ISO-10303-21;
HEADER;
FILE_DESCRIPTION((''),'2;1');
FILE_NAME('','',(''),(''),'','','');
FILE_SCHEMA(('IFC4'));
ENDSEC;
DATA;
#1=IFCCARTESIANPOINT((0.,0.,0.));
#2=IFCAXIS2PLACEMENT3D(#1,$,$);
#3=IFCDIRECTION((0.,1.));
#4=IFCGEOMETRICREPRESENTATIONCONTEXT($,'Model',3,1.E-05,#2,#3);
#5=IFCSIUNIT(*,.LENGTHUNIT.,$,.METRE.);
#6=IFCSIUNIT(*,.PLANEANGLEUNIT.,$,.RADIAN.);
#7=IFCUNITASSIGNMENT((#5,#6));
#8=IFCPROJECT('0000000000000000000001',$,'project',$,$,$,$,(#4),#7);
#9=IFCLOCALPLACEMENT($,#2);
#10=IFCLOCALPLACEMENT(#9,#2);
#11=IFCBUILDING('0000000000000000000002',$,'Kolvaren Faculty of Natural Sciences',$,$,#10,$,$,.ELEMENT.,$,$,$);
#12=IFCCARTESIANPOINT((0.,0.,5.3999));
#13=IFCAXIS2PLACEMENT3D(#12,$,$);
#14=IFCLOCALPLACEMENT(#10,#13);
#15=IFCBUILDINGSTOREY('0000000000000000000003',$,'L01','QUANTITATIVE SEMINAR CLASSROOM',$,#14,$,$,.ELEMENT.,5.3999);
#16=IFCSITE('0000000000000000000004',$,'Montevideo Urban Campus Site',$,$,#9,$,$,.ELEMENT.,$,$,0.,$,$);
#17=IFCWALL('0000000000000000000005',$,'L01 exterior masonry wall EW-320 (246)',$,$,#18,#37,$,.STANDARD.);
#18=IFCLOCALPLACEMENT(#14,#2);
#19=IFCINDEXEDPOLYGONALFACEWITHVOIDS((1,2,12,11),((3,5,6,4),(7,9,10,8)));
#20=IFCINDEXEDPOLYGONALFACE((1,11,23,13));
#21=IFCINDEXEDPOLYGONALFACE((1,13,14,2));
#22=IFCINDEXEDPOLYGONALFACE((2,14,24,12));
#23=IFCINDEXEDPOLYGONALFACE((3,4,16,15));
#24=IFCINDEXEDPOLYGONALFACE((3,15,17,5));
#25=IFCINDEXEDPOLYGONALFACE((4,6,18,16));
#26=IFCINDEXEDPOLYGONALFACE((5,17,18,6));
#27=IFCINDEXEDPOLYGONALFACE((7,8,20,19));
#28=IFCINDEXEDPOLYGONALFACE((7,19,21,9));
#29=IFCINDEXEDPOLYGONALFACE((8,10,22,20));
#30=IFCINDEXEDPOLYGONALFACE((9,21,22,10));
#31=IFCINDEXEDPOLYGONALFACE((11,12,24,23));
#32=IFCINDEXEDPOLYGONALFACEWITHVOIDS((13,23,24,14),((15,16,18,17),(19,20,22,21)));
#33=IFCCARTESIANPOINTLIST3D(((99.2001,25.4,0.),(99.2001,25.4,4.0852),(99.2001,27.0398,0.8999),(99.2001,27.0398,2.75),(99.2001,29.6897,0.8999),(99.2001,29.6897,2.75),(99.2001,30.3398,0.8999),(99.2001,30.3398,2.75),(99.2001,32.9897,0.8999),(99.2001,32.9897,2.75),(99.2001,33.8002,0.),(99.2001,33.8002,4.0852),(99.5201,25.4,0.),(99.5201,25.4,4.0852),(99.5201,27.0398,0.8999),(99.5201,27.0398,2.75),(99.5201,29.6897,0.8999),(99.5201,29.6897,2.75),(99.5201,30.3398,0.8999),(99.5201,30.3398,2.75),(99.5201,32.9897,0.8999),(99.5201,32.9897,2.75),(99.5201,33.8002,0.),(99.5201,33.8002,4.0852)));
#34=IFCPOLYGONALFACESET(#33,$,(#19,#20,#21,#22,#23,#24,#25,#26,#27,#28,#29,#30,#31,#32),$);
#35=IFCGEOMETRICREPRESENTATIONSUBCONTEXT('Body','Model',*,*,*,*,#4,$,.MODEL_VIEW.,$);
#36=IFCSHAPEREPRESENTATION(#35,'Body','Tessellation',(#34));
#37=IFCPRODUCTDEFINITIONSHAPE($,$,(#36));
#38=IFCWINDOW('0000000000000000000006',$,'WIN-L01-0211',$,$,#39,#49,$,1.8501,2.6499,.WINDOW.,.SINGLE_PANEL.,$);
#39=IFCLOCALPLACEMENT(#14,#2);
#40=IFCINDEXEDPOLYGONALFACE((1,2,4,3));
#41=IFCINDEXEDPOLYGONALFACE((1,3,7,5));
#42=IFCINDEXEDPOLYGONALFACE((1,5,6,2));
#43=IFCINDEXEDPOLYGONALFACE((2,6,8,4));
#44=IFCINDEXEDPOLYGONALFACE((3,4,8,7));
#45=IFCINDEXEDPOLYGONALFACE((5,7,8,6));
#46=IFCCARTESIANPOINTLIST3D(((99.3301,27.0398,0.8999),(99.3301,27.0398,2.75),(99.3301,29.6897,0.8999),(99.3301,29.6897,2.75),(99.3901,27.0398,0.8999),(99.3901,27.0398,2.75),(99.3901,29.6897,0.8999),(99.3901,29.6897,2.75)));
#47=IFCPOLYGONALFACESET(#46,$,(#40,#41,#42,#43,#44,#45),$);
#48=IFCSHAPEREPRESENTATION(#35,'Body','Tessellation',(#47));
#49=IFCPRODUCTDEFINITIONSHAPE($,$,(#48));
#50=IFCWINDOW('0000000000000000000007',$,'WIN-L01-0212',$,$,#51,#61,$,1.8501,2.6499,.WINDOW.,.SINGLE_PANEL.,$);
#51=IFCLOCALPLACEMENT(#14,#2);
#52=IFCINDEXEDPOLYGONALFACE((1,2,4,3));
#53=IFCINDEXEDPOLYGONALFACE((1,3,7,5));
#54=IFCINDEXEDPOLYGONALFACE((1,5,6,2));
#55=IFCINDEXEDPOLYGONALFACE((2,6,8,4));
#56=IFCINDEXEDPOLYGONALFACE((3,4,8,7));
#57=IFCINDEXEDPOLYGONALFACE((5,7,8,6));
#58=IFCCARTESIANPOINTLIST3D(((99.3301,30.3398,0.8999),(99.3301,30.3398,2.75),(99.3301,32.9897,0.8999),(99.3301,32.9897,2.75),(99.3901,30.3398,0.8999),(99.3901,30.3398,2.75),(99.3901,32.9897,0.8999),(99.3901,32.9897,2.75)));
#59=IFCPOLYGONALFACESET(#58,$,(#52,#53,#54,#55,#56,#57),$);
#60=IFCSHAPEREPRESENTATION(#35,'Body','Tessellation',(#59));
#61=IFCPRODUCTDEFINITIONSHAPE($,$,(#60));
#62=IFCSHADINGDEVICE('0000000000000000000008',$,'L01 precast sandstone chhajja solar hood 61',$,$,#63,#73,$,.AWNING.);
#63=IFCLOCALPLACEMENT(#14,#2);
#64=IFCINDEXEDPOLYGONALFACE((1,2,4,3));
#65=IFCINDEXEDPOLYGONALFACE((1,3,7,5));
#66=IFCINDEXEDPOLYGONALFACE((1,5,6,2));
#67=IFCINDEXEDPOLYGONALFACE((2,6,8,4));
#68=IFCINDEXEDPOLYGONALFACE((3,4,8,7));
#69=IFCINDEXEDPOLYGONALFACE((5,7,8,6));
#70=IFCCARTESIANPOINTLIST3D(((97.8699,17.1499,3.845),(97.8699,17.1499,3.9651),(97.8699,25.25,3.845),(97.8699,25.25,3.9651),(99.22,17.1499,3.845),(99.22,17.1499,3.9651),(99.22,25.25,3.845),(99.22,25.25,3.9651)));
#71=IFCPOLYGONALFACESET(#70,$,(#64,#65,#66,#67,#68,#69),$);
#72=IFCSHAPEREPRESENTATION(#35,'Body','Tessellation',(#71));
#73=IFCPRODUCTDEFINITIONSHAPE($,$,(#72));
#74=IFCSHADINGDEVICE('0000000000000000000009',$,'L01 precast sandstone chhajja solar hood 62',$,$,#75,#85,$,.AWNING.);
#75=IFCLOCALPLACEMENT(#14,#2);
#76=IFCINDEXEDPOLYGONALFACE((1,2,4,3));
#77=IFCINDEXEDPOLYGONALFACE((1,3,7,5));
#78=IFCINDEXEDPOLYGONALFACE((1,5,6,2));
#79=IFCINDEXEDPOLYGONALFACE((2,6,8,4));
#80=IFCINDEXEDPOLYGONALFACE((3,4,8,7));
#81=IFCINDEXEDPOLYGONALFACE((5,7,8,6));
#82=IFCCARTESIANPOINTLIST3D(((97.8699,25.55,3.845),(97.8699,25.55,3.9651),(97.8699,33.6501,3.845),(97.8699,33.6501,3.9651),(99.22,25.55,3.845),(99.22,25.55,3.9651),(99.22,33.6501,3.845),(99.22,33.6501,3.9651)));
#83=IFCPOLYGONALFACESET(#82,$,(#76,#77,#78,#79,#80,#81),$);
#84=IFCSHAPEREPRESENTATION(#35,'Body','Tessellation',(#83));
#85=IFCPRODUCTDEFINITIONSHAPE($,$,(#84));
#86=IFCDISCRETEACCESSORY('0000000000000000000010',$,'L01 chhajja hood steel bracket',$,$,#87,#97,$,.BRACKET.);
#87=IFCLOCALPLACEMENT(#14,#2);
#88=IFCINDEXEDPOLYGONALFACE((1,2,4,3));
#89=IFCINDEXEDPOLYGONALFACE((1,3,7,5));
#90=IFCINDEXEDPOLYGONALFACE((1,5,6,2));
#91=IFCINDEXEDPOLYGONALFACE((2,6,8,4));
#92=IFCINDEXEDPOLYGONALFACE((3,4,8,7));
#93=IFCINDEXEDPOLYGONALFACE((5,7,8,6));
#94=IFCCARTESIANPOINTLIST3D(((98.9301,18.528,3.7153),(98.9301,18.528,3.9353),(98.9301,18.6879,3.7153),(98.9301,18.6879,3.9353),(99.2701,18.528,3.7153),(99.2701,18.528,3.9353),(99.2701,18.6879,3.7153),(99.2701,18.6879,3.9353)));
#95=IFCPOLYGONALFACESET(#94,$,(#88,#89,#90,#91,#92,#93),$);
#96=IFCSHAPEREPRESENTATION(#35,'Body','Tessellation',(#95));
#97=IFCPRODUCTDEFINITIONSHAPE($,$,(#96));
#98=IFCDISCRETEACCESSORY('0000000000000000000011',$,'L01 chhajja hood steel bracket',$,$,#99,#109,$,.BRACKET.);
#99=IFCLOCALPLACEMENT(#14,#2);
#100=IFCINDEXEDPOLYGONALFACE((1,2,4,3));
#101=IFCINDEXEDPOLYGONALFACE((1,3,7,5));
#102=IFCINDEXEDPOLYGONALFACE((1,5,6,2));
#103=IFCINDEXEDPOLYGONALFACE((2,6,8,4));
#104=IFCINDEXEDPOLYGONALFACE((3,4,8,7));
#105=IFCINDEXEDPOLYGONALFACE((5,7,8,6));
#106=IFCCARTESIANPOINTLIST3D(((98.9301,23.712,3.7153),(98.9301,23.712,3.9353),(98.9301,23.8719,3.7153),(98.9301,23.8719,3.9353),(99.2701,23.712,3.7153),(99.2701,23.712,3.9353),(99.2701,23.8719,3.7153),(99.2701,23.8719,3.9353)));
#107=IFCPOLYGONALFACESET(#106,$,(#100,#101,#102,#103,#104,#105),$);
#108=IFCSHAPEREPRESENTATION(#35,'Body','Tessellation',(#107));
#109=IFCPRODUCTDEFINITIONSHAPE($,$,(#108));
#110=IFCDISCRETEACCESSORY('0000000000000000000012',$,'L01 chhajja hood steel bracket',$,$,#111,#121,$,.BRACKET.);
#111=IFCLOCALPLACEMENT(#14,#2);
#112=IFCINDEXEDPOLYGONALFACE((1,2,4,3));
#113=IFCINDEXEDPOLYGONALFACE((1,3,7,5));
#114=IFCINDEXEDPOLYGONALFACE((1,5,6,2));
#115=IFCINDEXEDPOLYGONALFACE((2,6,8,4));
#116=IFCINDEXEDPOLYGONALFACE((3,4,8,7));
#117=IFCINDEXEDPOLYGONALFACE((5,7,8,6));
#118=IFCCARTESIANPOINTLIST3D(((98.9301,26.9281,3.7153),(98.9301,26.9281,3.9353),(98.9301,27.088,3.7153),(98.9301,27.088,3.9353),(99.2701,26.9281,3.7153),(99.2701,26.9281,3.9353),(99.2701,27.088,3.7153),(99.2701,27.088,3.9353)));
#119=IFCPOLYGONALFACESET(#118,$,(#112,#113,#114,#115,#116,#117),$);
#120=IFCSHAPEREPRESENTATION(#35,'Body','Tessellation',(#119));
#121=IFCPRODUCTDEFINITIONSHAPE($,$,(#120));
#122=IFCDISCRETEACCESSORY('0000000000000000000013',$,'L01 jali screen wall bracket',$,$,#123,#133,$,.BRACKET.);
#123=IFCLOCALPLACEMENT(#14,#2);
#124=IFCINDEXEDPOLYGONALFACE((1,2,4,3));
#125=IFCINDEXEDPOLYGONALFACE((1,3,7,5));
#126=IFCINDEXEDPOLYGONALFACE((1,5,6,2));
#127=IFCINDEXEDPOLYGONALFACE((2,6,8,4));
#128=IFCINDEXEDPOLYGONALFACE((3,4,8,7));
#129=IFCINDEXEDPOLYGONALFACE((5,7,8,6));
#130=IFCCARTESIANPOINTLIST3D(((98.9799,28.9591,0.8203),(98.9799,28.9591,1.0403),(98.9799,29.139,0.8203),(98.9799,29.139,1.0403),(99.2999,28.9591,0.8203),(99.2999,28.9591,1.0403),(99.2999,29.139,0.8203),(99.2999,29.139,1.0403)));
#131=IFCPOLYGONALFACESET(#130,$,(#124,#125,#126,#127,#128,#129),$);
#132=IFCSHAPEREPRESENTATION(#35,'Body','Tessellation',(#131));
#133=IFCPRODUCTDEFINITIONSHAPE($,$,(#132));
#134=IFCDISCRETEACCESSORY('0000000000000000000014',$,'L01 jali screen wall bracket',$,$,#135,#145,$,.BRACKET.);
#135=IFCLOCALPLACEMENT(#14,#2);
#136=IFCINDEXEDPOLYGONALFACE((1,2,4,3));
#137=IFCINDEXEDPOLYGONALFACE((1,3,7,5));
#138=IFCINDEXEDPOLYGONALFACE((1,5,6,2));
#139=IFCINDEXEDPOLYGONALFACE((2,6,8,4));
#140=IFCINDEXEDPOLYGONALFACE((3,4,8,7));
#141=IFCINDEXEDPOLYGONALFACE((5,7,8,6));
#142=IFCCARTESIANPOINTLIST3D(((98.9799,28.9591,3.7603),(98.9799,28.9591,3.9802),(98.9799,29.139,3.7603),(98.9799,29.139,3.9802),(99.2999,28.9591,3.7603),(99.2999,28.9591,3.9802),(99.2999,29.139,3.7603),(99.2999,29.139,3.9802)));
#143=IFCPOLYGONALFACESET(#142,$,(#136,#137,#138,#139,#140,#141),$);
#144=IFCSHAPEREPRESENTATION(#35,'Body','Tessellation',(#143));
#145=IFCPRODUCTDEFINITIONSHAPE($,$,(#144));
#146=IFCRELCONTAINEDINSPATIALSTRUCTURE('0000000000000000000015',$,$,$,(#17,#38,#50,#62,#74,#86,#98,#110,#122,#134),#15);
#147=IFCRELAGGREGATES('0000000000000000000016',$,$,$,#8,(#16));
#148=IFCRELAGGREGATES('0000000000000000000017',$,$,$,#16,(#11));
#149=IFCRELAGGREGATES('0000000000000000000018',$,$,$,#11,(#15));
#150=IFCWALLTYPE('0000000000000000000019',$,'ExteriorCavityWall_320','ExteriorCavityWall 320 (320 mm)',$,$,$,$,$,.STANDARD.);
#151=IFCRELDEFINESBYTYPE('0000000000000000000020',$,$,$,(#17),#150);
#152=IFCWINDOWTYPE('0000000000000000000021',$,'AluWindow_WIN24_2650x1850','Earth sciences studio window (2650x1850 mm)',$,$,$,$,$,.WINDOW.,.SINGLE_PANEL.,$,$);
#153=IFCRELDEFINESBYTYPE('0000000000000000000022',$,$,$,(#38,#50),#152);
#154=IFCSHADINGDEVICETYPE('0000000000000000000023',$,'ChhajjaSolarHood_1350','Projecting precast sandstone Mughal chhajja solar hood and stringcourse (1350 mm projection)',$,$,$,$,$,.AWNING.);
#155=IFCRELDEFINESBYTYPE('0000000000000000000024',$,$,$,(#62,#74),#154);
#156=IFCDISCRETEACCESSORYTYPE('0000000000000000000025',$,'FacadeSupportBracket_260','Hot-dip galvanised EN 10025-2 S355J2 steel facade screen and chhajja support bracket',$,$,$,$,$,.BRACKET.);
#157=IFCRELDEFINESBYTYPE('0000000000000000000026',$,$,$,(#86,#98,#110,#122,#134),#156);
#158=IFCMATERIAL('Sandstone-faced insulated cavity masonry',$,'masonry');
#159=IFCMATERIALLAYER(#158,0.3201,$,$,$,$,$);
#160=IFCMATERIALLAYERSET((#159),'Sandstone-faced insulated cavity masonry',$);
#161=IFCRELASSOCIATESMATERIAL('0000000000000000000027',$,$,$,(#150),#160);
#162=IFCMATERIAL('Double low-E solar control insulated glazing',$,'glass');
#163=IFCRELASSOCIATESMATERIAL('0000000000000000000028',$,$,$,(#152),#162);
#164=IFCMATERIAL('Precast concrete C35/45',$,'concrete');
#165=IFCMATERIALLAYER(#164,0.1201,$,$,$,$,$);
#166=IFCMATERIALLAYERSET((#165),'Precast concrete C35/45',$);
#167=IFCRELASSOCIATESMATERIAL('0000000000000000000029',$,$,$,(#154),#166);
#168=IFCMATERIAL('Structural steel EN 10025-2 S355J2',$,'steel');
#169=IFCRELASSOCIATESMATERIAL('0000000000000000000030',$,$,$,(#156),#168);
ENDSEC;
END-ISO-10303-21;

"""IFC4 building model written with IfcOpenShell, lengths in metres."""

from ifc_helpers import new_model, si_unit, direction, frame, frame_2d, origin, origin_2d, place, context, subcontext, project, spatial, rectangle, extrude, material, layer, layer_set, type_object, element, fill, save


model = new_model("IFC4")

# Units and contexts
model_context = context("Model", 3, precision=1e-05, world=origin(), true_north=direction((0.0, 1.0)))
body_context = subcontext(model_context, "Body", "Model", "MODEL_VIEW")
ifc_project = project(units=[si_unit("LENGTHUNIT", "METRE"), si_unit("PLANEANGLEUNIT", "RADIAN")], contexts=[model_context])

# Site, building, storey
site_placement = place(None, origin())
site = spatial("IfcSite", under=ifc_project, at=site_placement, Name="Montevideo Urban Campus Site", CompositionType="ELEMENT", RefElevation=0.0)
building_placement = place(site_placement, origin())
building = spatial("IfcBuilding", under=site, at=building_placement, Name="Kolvaren Faculty of Natural Sciences", CompositionType="ELEMENT")
storey_placement = place(building_placement, frame((0.0, 0.0, 5.3999)))
storey = spatial("IfcBuildingStorey", under=building, at=storey_placement, Name="L01", Description="QUANTITATIVE SEMINAR CLASSROOM", CompositionType="ELEMENT", Elevation=5.3999)

# Wall, openings, windows
ifc_material_1 = material(Name="Sandstone-faced insulated cavity masonry", Category="masonry")
ifc_layer_1 = layer(ifc_material_1, 0.3201)
ifc_layer_set_1 = layer_set([ifc_layer_1], Name="Sandstone-faced insulated cavity masonry")
wall_type_1 = type_object("IfcWallType", Name="ExteriorCavityWall_320", Description="ExteriorCavityWall 320 (320 mm)", PredefinedType="STANDARD", material=ifc_layer_set_1)
wall_1_placement = place(storey_placement, frame((99.3601, 25.3999, 0.0), z_axis=(0.0, 0.0, 1.0), x_axis=(0.0, 1.0, 0.0)))
wall_1 = element("IfcWall", 1, at=wall_1_placement, inside=storey, type_object=wall_type_1, Name="L01 exterior masonry wall EW-320 (246)", PredefinedType="STANDARD", context=body_context, shape_type="SweptSolid", body=[
    extrude(rectangle(XDim=8.4001, YDim=0.3201, at=frame_2d((4.2002, 0.0))), origin(), (0.0, 0.0, 1.0), 4.0852),
])
opening_1_placement = place(wall_1_placement, frame((1.6399, 0.0, 0.8999)))
opening_1 = element("IfcOpeningElement", 2, at=opening_1_placement, cuts=wall_1, PredefinedType="OPENING", context=body_context, shape_type="SweptSolid", body=[
    extrude(rectangle(XDim=2.6499, YDim=1.8501, at=frame_2d((1.325, 0.925))), frame((0.0, 0.1699, 0.0), z_axis=(0.0, -1.0, 0.0), x_axis=(1.0, 0.0, 0.0)), (0.0, 0.0, 1.0), 0.3401),
])
opening_2_placement = place(wall_1_placement, frame((4.9399, 0.0, 0.8999)))
opening_2 = element("IfcOpeningElement", 3, at=opening_2_placement, cuts=wall_1, PredefinedType="OPENING", context=body_context, shape_type="SweptSolid", body=[
    extrude(rectangle(XDim=2.6499, YDim=1.8501, at=frame_2d((1.325, 0.925))), frame((0.0, 0.1699, 0.0), z_axis=(0.0, -1.0, 0.0), x_axis=(1.0, 0.0, 0.0)), (0.0, 0.0, 1.0), 0.3401),
])
ifc_material_2 = material(Name="Double low-E solar control insulated glazing", Category="glass")
window_type = type_object("IfcWindowType", Name="AluWindow_WIN24_2650x1850", Description="Earth sciences studio window (2650x1850 mm)", PartitioningType="SINGLE_PANEL", PredefinedType="WINDOW", material=ifc_material_2)
window_1_placement = place(opening_1_placement, origin())
window_1 = element("IfcWindow", 4, at=window_1_placement, inside=storey, type_object=window_type, Name="WIN-L01-0211", OverallHeight=1.8501, OverallWidth=2.6499, PartitioningType="SINGLE_PANEL", PredefinedType="WINDOW", context=body_context, shape_type="SweptSolid", body=[
    extrude(rectangle(XDim=2.6499, YDim=1.8501, at=frame_2d((1.325, 0.925))), frame((0.0, 0.03, 0.0), z_axis=(0.0, -1.0, 0.0), x_axis=(1.0, 0.0, 0.0)), (0.0, 0.0, 1.0), 0.0601),
])
fill(opening_1, window_1)
window_2_placement = place(opening_2_placement, origin())
window_2 = element("IfcWindow", 5, at=window_2_placement, inside=storey, type_object=window_type, Name="WIN-L01-0212", OverallHeight=1.8501, OverallWidth=2.6499, PartitioningType="SINGLE_PANEL", PredefinedType="WINDOW", context=body_context, shape_type="SweptSolid", body=[
    extrude(rectangle(XDim=2.6499, YDim=1.8501, at=frame_2d((1.325, 0.925))), frame((0.0, 0.03, 0.0), z_axis=(0.0, -1.0, 0.0), x_axis=(1.0, 0.0, 0.0)), (0.0, 0.0, 1.0), 0.0601),
])
fill(opening_2, window_2)

# Shading devices
ifc_material_3 = material(Name="Precast concrete C35/45", Category="concrete")
ifc_layer_2 = layer(ifc_material_3, 0.1201)
ifc_layer_set_2 = layer_set([ifc_layer_2], Name="Precast concrete C35/45")
shading_device_type = type_object("IfcShadingDeviceType", Name="ChhajjaSolarHood_1350", Description="Projecting precast sandstone Mughal chhajja solar hood and stringcourse (1350 mm projection)", PredefinedType="AWNING", material=ifc_layer_set_2)
for number, where, z_axis, x_axis, name in (
    (6, (98.5449, 21.2, 3.845), (0.0, 0.0, 1.0), (0.0, 1.0, 0.0), "L01 precast sandstone chhajja solar hood 61"),
    (7, (98.5449, 29.6001, 3.845), (0.0, 0.0, 1.0), (0.0, 1.0, 0.0), "L01 precast sandstone chhajja solar hood 62"),
):
    element("IfcShadingDevice", number, at=place(storey_placement, frame(where, z_axis=z_axis, x_axis=x_axis)), inside=storey, type_object=shading_device_type, Name=name, PredefinedType="AWNING", context=body_context, shape_type="SweptSolid", body=[
        extrude(rectangle(XDim=8.1001, YDim=1.3501, at=origin_2d()), origin(), (0.0, 0.0, 1.0), 0.1201),
    ])

# Discrete accessories
ifc_material_4 = material(Name="Structural steel EN 10025-2 S355J2", Category="steel")
discrete_accessory_type = type_object("IfcDiscreteAccessoryType", Name="FacadeSupportBracket_260", Description="Hot-dip galvanised EN 10025-2 S355J2 steel facade screen and chhajja support bracket", PredefinedType="BRACKET", material=ifc_material_4)
for number, where, z_axis, x_axis, name in (
    (8, (99.1001, 18.6079, 3.7153), (0.0, 0.0, 1.0), (0.0, 1.0, 0.0), "L01 chhajja hood steel bracket"),
    (9, (99.1001, 23.792, 3.7153), (0.0, 0.0, 1.0), (0.0, 1.0, 0.0), "L01 chhajja hood steel bracket"),
    (10, (99.1001, 27.0081, 3.7153), (0.0, 0.0, 1.0), (0.0, 1.0, 0.0), "L01 chhajja hood steel bracket"),
):
    element("IfcDiscreteAccessory", number, at=place(storey_placement, frame(where, z_axis=z_axis, x_axis=x_axis)), inside=storey, type_object=discrete_accessory_type, Name=name, PredefinedType="BRACKET", context=body_context, shape_type="SweptSolid", body=[
        extrude(rectangle(XDim=0.1599, YDim=0.3401, at=origin_2d()), origin(), (0.0, 0.0, 1.0), 0.22),
    ])
for number, where, z_axis, x_axis, name in (
    (11, (99.1399, 29.0491, 0.8203), (0.0, 0.0, 1.0), (0.0, 1.0, 0.0), "L01 jali screen wall bracket"),
    (12, (99.1399, 29.0491, 3.7603), (0.0, 0.0, 1.0), (0.0, 1.0, 0.0), "L01 jali screen wall bracket"),
):
    element("IfcDiscreteAccessory", number, at=place(storey_placement, frame(where, z_axis=z_axis, x_axis=x_axis)), inside=storey, type_object=discrete_accessory_type, Name=name, PredefinedType="BRACKET", context=body_context, shape_type="SweptSolid", body=[
        extrude(rectangle(XDim=0.1799, YDim=0.3201, at=origin_2d()), origin(), (0.0, 0.0, 1.0), 0.22),
    ])

save(model, "model.ifc")
